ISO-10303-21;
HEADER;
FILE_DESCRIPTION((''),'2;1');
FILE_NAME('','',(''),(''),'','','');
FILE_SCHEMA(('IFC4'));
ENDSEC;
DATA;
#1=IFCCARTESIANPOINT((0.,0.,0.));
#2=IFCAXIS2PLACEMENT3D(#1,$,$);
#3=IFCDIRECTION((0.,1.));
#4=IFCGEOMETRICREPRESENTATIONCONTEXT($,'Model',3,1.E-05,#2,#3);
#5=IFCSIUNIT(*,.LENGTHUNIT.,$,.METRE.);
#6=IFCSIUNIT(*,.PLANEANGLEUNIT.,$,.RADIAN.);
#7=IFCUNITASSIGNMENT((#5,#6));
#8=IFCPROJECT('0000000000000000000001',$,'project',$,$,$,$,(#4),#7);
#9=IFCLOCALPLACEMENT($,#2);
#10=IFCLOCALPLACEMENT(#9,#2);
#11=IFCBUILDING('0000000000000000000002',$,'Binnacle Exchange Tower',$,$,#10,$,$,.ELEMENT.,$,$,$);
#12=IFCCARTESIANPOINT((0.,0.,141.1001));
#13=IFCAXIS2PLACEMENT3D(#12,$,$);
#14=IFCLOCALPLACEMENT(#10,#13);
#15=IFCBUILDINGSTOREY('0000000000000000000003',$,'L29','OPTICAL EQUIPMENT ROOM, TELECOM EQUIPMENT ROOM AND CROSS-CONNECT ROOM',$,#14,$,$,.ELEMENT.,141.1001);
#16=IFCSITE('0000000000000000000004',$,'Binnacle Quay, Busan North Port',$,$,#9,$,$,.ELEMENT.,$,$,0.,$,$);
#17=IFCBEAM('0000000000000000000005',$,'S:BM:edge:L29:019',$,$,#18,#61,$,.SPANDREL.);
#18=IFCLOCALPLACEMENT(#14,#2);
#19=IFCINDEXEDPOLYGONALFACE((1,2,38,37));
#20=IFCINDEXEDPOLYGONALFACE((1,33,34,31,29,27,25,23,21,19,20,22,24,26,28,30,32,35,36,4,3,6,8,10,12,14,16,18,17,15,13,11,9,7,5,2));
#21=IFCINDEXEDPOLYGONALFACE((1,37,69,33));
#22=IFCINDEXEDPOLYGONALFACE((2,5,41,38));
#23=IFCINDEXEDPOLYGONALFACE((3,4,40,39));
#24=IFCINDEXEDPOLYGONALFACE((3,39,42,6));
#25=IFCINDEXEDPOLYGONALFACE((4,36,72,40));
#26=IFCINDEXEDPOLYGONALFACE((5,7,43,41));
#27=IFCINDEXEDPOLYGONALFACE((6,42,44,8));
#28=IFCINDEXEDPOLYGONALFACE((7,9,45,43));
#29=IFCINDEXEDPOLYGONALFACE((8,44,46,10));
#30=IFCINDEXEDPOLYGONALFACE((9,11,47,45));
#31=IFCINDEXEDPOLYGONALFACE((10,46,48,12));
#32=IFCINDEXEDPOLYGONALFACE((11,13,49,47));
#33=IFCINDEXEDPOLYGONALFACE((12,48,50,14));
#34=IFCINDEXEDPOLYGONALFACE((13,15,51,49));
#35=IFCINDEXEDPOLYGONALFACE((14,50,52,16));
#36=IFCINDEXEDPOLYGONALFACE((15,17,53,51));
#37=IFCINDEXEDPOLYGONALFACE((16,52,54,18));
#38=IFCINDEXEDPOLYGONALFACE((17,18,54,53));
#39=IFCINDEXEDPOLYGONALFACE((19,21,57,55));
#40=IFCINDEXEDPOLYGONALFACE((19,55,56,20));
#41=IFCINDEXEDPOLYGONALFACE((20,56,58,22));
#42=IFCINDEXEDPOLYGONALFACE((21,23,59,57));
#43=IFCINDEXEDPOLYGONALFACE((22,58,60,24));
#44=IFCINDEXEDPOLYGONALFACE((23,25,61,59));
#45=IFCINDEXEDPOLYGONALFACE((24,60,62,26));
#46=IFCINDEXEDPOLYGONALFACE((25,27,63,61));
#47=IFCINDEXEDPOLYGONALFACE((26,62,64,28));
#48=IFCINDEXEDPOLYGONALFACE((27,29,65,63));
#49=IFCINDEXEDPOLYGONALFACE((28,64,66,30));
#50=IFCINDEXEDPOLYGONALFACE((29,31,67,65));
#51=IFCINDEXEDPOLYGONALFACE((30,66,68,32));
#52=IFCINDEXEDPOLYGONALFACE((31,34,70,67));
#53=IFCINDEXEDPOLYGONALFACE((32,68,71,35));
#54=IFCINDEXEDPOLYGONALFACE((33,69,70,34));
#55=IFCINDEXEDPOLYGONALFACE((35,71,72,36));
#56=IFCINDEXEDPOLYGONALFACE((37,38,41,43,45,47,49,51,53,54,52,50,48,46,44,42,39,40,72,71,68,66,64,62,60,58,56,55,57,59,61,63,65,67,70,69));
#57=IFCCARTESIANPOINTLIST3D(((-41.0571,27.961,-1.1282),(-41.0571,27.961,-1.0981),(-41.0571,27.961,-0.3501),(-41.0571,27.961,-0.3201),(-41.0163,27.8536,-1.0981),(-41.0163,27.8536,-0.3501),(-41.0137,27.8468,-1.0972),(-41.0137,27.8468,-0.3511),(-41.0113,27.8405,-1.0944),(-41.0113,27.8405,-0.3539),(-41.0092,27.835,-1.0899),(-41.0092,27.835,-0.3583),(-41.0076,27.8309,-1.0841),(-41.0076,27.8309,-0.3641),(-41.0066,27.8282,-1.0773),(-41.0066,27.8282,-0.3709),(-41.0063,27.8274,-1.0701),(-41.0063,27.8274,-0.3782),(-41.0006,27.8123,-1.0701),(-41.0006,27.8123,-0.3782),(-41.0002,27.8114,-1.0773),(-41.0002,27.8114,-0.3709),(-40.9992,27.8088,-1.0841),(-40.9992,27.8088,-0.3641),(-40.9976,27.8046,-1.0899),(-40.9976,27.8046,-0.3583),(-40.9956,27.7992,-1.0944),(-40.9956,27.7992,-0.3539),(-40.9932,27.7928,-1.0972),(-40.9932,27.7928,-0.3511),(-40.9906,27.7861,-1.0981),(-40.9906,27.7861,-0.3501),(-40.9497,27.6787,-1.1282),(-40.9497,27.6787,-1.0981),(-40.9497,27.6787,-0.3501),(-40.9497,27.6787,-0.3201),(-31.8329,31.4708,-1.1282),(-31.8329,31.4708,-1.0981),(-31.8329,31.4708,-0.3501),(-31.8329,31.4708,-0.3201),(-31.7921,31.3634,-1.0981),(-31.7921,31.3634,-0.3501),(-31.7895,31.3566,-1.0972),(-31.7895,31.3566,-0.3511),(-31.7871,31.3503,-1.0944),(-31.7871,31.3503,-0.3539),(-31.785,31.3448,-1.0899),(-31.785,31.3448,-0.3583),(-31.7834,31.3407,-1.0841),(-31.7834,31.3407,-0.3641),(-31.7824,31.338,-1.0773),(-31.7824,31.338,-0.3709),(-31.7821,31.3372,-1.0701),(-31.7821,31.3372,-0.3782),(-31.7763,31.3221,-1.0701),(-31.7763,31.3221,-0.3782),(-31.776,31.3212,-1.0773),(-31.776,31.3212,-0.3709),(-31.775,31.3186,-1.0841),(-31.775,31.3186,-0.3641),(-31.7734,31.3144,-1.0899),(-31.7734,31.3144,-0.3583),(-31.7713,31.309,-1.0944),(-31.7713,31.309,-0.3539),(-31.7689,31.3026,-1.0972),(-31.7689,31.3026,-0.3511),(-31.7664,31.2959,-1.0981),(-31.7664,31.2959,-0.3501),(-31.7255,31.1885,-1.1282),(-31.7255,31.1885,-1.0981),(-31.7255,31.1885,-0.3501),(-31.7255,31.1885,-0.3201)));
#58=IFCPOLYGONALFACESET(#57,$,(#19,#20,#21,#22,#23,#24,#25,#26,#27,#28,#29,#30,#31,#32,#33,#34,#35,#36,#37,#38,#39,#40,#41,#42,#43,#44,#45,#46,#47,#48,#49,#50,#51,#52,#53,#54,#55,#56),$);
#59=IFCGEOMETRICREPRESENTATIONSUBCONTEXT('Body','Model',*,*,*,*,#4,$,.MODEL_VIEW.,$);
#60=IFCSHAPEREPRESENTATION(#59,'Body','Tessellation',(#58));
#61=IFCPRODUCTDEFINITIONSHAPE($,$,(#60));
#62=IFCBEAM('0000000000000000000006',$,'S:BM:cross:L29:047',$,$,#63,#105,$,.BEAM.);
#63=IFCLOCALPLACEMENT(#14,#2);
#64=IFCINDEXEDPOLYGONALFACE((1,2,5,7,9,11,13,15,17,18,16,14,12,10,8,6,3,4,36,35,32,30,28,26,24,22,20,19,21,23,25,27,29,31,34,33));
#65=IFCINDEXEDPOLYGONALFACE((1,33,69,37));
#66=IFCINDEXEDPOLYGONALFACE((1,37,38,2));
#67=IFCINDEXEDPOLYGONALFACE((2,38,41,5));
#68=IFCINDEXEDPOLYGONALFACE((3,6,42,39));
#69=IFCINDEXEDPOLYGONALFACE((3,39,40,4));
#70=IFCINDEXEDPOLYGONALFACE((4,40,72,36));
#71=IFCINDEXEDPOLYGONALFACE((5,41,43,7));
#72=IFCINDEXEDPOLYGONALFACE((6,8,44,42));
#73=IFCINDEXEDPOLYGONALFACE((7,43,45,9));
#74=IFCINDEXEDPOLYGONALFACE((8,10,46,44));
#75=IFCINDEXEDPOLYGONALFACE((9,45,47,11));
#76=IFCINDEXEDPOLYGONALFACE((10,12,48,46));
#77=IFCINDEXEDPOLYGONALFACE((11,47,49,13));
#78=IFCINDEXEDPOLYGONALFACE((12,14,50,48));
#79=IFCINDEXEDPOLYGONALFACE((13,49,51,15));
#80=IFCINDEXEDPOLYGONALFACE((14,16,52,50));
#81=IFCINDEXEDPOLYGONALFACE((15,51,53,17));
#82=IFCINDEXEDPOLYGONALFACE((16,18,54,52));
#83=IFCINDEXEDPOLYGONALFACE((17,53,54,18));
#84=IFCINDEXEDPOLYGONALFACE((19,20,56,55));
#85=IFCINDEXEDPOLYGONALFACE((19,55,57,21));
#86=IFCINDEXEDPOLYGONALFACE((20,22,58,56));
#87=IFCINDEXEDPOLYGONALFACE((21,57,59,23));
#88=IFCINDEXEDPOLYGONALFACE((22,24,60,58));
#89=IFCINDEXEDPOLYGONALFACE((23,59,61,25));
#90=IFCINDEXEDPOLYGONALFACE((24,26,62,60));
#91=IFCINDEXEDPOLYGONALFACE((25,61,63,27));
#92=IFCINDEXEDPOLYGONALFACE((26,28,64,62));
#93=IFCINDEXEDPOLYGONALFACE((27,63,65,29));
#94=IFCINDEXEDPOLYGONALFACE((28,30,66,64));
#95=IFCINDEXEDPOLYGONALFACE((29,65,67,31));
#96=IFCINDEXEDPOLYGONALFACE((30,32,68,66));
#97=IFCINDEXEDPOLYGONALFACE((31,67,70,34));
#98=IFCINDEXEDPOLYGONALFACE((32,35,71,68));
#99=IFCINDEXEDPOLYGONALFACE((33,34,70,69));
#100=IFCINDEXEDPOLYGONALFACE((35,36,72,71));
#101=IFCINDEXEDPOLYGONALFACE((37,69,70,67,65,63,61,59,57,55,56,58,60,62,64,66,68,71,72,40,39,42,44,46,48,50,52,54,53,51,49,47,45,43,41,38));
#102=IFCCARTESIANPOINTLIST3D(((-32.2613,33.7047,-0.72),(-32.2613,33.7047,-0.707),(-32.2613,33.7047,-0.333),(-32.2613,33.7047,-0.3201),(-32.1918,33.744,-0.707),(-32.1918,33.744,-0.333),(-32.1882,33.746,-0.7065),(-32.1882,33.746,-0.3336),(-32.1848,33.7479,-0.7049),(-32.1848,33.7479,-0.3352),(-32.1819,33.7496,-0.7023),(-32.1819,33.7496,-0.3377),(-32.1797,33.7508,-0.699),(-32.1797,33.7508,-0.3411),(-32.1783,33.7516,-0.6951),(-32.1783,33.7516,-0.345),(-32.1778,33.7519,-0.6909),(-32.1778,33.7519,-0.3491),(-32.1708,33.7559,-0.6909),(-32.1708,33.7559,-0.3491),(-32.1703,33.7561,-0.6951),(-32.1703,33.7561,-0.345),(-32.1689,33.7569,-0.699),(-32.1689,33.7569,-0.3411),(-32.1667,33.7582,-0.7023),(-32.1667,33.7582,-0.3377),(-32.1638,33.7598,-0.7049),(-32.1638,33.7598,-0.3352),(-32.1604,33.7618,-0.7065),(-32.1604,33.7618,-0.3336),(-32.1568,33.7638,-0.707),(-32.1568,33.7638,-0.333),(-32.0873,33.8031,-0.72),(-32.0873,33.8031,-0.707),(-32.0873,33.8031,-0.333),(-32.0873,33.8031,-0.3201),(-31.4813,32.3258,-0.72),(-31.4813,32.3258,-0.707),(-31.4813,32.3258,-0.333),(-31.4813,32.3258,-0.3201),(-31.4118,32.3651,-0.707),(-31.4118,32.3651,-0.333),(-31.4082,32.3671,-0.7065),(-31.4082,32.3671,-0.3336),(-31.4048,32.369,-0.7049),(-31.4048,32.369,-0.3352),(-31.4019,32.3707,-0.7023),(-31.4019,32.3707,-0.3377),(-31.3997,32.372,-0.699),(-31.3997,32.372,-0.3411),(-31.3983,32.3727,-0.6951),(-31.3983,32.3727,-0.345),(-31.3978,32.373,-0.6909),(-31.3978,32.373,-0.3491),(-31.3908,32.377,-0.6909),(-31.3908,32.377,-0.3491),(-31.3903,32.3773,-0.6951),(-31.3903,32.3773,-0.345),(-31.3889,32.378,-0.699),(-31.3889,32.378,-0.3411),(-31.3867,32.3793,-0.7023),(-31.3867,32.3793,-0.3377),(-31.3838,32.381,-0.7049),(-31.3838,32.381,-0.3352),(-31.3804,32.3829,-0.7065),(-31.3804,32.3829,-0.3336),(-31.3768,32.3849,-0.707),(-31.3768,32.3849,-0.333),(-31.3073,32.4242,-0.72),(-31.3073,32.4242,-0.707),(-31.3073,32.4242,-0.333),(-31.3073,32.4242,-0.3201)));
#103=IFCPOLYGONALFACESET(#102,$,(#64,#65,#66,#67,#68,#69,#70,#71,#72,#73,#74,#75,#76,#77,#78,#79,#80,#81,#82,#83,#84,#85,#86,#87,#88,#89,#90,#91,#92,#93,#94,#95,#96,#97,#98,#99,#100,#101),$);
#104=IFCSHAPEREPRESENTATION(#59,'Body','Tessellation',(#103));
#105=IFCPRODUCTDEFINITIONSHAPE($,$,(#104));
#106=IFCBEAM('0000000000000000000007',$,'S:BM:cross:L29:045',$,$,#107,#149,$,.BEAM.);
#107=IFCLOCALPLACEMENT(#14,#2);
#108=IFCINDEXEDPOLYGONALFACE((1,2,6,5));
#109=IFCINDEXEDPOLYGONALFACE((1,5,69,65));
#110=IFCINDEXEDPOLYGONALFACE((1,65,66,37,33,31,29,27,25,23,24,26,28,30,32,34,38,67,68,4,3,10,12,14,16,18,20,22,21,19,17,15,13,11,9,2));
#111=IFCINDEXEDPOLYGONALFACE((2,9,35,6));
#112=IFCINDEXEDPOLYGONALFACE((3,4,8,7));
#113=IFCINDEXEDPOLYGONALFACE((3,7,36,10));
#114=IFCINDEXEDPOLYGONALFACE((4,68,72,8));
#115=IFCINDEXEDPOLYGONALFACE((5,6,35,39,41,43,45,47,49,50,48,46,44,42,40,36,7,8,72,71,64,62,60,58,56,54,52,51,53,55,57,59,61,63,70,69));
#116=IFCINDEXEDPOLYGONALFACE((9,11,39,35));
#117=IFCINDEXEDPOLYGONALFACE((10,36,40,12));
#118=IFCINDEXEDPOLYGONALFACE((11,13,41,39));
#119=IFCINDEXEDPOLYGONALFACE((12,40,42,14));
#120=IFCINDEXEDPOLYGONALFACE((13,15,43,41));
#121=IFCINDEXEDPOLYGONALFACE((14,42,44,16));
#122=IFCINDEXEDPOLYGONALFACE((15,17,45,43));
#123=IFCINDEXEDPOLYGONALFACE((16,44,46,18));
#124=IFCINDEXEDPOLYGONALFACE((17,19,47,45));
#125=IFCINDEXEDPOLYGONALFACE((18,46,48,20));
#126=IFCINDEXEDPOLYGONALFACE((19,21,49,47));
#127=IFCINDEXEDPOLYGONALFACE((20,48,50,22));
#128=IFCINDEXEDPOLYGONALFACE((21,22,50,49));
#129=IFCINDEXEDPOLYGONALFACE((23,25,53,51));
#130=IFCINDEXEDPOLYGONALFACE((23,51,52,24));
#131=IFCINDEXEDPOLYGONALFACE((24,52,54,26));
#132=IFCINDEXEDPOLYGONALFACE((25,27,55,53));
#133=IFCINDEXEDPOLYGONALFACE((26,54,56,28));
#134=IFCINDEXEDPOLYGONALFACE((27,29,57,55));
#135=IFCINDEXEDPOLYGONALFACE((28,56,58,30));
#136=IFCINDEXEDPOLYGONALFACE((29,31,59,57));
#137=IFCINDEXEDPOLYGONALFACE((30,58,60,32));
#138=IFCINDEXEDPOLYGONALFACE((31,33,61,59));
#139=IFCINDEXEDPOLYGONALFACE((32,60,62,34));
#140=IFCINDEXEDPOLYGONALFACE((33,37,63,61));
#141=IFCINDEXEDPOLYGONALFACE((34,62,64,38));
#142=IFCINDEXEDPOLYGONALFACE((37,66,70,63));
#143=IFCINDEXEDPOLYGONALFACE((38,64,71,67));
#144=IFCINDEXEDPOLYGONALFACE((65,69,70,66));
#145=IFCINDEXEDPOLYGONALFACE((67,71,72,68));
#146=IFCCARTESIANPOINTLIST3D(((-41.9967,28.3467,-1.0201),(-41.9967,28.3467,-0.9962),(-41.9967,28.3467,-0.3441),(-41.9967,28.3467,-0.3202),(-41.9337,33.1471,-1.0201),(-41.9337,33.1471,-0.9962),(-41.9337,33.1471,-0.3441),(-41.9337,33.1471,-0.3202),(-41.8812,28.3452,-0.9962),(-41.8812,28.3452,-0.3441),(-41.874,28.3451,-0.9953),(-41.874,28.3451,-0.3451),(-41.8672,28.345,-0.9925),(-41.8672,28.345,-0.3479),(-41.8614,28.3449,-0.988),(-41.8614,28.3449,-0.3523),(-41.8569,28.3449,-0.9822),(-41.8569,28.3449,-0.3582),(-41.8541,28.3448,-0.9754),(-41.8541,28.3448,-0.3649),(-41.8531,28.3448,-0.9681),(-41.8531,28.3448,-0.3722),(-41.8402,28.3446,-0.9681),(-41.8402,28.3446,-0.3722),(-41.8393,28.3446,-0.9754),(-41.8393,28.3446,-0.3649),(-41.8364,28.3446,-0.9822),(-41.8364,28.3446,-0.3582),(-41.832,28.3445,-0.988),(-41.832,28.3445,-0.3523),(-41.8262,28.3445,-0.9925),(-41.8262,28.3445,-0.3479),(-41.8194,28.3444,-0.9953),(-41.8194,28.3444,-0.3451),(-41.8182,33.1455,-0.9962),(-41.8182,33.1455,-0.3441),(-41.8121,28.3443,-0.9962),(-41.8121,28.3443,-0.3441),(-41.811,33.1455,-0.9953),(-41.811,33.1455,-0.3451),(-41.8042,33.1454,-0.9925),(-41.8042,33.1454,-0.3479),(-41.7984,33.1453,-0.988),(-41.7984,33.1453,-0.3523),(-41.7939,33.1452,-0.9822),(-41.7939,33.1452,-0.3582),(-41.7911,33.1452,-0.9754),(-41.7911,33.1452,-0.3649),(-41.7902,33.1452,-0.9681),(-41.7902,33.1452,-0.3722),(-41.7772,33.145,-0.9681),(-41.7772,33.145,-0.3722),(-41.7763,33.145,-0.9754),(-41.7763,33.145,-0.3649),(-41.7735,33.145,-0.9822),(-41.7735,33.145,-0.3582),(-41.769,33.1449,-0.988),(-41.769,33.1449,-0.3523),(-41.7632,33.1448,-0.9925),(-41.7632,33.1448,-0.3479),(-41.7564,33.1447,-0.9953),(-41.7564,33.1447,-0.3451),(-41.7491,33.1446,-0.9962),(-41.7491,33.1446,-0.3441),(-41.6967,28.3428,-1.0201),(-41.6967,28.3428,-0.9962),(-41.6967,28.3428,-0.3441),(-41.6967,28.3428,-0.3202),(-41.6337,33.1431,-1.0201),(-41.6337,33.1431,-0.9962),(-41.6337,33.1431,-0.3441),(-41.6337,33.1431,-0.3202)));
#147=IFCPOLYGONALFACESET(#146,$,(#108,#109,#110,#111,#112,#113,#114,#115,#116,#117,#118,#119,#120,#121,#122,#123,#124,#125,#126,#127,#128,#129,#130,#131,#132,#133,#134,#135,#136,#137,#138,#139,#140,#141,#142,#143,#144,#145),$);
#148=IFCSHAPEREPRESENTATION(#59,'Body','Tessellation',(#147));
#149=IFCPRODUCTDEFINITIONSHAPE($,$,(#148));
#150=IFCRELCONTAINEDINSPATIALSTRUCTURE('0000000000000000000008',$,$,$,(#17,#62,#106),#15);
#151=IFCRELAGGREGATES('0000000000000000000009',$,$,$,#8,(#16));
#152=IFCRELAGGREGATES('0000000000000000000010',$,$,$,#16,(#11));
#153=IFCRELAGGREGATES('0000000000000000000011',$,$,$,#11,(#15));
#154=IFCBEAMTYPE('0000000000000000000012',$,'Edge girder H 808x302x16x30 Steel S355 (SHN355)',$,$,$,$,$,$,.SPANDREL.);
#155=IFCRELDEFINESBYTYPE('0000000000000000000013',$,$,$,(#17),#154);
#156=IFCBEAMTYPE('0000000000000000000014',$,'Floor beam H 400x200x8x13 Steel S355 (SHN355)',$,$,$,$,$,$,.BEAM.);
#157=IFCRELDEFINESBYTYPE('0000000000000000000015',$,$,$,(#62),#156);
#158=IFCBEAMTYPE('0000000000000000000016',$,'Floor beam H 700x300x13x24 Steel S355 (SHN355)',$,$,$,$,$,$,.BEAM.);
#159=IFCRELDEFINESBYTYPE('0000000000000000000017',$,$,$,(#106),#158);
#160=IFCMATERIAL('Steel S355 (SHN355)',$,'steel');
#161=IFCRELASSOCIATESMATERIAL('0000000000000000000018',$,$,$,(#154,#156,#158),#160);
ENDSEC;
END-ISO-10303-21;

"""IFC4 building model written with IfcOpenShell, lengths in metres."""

from ifc_helpers import new_model, si_unit, direction, frame, origin, origin_2d, place, context, subcontext, project, spatial, i_section, extrude, material, material_profile, profile_set, type_object, element, save


model = new_model("IFC4")

# Units and contexts
model_context = context("Model", 3, precision=1e-05, world=origin(), true_north=direction((0.0, 1.0)))
body_context = subcontext(model_context, "Body", "Model", "MODEL_VIEW")
ifc_project = project(units=[si_unit("LENGTHUNIT", "METRE"), si_unit("PLANEANGLEUNIT", "RADIAN")], contexts=[model_context])

# Site, building, storey
site_placement = place(None, origin())
site = spatial("IfcSite", under=ifc_project, at=site_placement, Name="Binnacle Quay, Busan North Port", CompositionType="ELEMENT", RefElevation=0.0)
building_placement = place(site_placement, origin())
building = spatial("IfcBuilding", under=site, at=building_placement, Name="Binnacle Exchange Tower", CompositionType="ELEMENT")
storey_placement = place(building_placement, frame((0.0, 0.0, 141.1001)))
storey = spatial("IfcBuildingStorey", under=building, at=storey_placement, Name="L29", Description="OPTICAL EQUIPMENT ROOM, TELECOM EQUIPMENT ROOM AND CROSS-CONNECT ROOM", CompositionType="ELEMENT", Elevation=141.1001)

# Beams
ifc_material_1 = material(Name="Steel S355 (SHN355)", Category="steel")
ifc_material_profile_1 = material_profile(ifc_material_1, i_section(OverallWidth=0.302, OverallDepth=0.8081, WebThickness=0.0161, FlangeThickness=0.03, FilletRadius=0.0281, at=origin_2d()), Name="H 808x302x16x30")
ifc_profile_set_1 = profile_set([ifc_material_profile_1], Name="Steel S355 (SHN355)")
beam_type_1 = type_object("IfcBeamType", Name="Edge girder H 808x302x16x30 Steel S355 (SHN355)", PredefinedType="SPANDREL", material=ifc_profile_set_1)
beam_1_placement = place(storey_placement, frame((-41.0034, 27.8198, -0.7241), z_axis=(0.934629, 0.355625, 0.0), x_axis=(-0.355625, 0.934629, 0.0)))
element("IfcBeam", 1, at=beam_1_placement, inside=storey, type_object=beam_type_1, Name="S:BM:edge:L29:019", PredefinedType="SPANDREL", context=body_context, shape_type="SweptSolid", body=[
    extrude(i_section(OverallWidth=0.302, OverallDepth=0.8081, WebThickness=0.0161, FlangeThickness=0.03, FilletRadius=0.0281, at=origin_2d()), origin(), (0.0, 0.0, 1.0), 9.8694),
])
ifc_material_profile_2 = material_profile(ifc_material_1, i_section(OverallWidth=0.2, OverallDepth=0.3999, WebThickness=0.0081, FlangeThickness=0.0129, FilletRadius=0.0161, at=origin_2d()), Name="H 400x200x8x13")
ifc_profile_set_2 = profile_set([ifc_material_profile_2], Name="Steel S355 (SHN355)")
beam_type_2 = type_object("IfcBeamType", Name="Floor beam H 400x200x8x13 Steel S355 (SHN355)", PredefinedType="BEAM", material=ifc_profile_set_2)
beam_2_placement = place(storey_placement, frame((-31.3943, 32.375, -0.52), z_axis=(-0.492367, 0.870388, 0.0), x_axis=(-0.870388, -0.492367, 0.0)))
element("IfcBeam", 2, at=beam_2_placement, inside=storey, type_object=beam_type_2, Name="S:BM:cross:L29:047", PredefinedType="BEAM", context=body_context, shape_type="SweptSolid", body=[
    extrude(i_section(OverallWidth=0.2, OverallDepth=0.3999, WebThickness=0.0081, FlangeThickness=0.0129, FilletRadius=0.0161, at=origin_2d()), origin(), (0.0, 0.0, 1.0), 1.5842),
])
ifc_material_profile_3 = material_profile(ifc_material_1, i_section(OverallWidth=0.3, OverallDepth=0.7, WebThickness=0.0129, FlangeThickness=0.0239, FilletRadius=0.0281, at=origin_2d()), Name="H 700x300x13x24")
ifc_profile_set_3 = profile_set([ifc_material_profile_3], Name="Steel S355 (SHN355)")
beam_type_3 = type_object("IfcBeamType", Name="Floor beam H 700x300x13x24 Steel S355 (SHN355)", PredefinedType="BEAM", material=ifc_profile_set_3)
beam_3_placement = place(storey_placement, frame((-41.8467, 28.3447, -0.6702), z_axis=(0.013121, 0.999914, 0.0), x_axis=(-0.999914, 0.013121, 0.0)))
element("IfcBeam", 3, at=beam_3_placement, inside=storey, type_object=beam_type_3, Name="S:BM:cross:L29:045", PredefinedType="BEAM", context=body_context, shape_type="SweptSolid", body=[
    extrude(i_section(OverallWidth=0.3, OverallDepth=0.7, WebThickness=0.0129, FlangeThickness=0.0239, FilletRadius=0.0281, at=origin_2d()), origin(), (0.0, 0.0, 1.0), 4.8008),
])

save(model, "model.ifc")
